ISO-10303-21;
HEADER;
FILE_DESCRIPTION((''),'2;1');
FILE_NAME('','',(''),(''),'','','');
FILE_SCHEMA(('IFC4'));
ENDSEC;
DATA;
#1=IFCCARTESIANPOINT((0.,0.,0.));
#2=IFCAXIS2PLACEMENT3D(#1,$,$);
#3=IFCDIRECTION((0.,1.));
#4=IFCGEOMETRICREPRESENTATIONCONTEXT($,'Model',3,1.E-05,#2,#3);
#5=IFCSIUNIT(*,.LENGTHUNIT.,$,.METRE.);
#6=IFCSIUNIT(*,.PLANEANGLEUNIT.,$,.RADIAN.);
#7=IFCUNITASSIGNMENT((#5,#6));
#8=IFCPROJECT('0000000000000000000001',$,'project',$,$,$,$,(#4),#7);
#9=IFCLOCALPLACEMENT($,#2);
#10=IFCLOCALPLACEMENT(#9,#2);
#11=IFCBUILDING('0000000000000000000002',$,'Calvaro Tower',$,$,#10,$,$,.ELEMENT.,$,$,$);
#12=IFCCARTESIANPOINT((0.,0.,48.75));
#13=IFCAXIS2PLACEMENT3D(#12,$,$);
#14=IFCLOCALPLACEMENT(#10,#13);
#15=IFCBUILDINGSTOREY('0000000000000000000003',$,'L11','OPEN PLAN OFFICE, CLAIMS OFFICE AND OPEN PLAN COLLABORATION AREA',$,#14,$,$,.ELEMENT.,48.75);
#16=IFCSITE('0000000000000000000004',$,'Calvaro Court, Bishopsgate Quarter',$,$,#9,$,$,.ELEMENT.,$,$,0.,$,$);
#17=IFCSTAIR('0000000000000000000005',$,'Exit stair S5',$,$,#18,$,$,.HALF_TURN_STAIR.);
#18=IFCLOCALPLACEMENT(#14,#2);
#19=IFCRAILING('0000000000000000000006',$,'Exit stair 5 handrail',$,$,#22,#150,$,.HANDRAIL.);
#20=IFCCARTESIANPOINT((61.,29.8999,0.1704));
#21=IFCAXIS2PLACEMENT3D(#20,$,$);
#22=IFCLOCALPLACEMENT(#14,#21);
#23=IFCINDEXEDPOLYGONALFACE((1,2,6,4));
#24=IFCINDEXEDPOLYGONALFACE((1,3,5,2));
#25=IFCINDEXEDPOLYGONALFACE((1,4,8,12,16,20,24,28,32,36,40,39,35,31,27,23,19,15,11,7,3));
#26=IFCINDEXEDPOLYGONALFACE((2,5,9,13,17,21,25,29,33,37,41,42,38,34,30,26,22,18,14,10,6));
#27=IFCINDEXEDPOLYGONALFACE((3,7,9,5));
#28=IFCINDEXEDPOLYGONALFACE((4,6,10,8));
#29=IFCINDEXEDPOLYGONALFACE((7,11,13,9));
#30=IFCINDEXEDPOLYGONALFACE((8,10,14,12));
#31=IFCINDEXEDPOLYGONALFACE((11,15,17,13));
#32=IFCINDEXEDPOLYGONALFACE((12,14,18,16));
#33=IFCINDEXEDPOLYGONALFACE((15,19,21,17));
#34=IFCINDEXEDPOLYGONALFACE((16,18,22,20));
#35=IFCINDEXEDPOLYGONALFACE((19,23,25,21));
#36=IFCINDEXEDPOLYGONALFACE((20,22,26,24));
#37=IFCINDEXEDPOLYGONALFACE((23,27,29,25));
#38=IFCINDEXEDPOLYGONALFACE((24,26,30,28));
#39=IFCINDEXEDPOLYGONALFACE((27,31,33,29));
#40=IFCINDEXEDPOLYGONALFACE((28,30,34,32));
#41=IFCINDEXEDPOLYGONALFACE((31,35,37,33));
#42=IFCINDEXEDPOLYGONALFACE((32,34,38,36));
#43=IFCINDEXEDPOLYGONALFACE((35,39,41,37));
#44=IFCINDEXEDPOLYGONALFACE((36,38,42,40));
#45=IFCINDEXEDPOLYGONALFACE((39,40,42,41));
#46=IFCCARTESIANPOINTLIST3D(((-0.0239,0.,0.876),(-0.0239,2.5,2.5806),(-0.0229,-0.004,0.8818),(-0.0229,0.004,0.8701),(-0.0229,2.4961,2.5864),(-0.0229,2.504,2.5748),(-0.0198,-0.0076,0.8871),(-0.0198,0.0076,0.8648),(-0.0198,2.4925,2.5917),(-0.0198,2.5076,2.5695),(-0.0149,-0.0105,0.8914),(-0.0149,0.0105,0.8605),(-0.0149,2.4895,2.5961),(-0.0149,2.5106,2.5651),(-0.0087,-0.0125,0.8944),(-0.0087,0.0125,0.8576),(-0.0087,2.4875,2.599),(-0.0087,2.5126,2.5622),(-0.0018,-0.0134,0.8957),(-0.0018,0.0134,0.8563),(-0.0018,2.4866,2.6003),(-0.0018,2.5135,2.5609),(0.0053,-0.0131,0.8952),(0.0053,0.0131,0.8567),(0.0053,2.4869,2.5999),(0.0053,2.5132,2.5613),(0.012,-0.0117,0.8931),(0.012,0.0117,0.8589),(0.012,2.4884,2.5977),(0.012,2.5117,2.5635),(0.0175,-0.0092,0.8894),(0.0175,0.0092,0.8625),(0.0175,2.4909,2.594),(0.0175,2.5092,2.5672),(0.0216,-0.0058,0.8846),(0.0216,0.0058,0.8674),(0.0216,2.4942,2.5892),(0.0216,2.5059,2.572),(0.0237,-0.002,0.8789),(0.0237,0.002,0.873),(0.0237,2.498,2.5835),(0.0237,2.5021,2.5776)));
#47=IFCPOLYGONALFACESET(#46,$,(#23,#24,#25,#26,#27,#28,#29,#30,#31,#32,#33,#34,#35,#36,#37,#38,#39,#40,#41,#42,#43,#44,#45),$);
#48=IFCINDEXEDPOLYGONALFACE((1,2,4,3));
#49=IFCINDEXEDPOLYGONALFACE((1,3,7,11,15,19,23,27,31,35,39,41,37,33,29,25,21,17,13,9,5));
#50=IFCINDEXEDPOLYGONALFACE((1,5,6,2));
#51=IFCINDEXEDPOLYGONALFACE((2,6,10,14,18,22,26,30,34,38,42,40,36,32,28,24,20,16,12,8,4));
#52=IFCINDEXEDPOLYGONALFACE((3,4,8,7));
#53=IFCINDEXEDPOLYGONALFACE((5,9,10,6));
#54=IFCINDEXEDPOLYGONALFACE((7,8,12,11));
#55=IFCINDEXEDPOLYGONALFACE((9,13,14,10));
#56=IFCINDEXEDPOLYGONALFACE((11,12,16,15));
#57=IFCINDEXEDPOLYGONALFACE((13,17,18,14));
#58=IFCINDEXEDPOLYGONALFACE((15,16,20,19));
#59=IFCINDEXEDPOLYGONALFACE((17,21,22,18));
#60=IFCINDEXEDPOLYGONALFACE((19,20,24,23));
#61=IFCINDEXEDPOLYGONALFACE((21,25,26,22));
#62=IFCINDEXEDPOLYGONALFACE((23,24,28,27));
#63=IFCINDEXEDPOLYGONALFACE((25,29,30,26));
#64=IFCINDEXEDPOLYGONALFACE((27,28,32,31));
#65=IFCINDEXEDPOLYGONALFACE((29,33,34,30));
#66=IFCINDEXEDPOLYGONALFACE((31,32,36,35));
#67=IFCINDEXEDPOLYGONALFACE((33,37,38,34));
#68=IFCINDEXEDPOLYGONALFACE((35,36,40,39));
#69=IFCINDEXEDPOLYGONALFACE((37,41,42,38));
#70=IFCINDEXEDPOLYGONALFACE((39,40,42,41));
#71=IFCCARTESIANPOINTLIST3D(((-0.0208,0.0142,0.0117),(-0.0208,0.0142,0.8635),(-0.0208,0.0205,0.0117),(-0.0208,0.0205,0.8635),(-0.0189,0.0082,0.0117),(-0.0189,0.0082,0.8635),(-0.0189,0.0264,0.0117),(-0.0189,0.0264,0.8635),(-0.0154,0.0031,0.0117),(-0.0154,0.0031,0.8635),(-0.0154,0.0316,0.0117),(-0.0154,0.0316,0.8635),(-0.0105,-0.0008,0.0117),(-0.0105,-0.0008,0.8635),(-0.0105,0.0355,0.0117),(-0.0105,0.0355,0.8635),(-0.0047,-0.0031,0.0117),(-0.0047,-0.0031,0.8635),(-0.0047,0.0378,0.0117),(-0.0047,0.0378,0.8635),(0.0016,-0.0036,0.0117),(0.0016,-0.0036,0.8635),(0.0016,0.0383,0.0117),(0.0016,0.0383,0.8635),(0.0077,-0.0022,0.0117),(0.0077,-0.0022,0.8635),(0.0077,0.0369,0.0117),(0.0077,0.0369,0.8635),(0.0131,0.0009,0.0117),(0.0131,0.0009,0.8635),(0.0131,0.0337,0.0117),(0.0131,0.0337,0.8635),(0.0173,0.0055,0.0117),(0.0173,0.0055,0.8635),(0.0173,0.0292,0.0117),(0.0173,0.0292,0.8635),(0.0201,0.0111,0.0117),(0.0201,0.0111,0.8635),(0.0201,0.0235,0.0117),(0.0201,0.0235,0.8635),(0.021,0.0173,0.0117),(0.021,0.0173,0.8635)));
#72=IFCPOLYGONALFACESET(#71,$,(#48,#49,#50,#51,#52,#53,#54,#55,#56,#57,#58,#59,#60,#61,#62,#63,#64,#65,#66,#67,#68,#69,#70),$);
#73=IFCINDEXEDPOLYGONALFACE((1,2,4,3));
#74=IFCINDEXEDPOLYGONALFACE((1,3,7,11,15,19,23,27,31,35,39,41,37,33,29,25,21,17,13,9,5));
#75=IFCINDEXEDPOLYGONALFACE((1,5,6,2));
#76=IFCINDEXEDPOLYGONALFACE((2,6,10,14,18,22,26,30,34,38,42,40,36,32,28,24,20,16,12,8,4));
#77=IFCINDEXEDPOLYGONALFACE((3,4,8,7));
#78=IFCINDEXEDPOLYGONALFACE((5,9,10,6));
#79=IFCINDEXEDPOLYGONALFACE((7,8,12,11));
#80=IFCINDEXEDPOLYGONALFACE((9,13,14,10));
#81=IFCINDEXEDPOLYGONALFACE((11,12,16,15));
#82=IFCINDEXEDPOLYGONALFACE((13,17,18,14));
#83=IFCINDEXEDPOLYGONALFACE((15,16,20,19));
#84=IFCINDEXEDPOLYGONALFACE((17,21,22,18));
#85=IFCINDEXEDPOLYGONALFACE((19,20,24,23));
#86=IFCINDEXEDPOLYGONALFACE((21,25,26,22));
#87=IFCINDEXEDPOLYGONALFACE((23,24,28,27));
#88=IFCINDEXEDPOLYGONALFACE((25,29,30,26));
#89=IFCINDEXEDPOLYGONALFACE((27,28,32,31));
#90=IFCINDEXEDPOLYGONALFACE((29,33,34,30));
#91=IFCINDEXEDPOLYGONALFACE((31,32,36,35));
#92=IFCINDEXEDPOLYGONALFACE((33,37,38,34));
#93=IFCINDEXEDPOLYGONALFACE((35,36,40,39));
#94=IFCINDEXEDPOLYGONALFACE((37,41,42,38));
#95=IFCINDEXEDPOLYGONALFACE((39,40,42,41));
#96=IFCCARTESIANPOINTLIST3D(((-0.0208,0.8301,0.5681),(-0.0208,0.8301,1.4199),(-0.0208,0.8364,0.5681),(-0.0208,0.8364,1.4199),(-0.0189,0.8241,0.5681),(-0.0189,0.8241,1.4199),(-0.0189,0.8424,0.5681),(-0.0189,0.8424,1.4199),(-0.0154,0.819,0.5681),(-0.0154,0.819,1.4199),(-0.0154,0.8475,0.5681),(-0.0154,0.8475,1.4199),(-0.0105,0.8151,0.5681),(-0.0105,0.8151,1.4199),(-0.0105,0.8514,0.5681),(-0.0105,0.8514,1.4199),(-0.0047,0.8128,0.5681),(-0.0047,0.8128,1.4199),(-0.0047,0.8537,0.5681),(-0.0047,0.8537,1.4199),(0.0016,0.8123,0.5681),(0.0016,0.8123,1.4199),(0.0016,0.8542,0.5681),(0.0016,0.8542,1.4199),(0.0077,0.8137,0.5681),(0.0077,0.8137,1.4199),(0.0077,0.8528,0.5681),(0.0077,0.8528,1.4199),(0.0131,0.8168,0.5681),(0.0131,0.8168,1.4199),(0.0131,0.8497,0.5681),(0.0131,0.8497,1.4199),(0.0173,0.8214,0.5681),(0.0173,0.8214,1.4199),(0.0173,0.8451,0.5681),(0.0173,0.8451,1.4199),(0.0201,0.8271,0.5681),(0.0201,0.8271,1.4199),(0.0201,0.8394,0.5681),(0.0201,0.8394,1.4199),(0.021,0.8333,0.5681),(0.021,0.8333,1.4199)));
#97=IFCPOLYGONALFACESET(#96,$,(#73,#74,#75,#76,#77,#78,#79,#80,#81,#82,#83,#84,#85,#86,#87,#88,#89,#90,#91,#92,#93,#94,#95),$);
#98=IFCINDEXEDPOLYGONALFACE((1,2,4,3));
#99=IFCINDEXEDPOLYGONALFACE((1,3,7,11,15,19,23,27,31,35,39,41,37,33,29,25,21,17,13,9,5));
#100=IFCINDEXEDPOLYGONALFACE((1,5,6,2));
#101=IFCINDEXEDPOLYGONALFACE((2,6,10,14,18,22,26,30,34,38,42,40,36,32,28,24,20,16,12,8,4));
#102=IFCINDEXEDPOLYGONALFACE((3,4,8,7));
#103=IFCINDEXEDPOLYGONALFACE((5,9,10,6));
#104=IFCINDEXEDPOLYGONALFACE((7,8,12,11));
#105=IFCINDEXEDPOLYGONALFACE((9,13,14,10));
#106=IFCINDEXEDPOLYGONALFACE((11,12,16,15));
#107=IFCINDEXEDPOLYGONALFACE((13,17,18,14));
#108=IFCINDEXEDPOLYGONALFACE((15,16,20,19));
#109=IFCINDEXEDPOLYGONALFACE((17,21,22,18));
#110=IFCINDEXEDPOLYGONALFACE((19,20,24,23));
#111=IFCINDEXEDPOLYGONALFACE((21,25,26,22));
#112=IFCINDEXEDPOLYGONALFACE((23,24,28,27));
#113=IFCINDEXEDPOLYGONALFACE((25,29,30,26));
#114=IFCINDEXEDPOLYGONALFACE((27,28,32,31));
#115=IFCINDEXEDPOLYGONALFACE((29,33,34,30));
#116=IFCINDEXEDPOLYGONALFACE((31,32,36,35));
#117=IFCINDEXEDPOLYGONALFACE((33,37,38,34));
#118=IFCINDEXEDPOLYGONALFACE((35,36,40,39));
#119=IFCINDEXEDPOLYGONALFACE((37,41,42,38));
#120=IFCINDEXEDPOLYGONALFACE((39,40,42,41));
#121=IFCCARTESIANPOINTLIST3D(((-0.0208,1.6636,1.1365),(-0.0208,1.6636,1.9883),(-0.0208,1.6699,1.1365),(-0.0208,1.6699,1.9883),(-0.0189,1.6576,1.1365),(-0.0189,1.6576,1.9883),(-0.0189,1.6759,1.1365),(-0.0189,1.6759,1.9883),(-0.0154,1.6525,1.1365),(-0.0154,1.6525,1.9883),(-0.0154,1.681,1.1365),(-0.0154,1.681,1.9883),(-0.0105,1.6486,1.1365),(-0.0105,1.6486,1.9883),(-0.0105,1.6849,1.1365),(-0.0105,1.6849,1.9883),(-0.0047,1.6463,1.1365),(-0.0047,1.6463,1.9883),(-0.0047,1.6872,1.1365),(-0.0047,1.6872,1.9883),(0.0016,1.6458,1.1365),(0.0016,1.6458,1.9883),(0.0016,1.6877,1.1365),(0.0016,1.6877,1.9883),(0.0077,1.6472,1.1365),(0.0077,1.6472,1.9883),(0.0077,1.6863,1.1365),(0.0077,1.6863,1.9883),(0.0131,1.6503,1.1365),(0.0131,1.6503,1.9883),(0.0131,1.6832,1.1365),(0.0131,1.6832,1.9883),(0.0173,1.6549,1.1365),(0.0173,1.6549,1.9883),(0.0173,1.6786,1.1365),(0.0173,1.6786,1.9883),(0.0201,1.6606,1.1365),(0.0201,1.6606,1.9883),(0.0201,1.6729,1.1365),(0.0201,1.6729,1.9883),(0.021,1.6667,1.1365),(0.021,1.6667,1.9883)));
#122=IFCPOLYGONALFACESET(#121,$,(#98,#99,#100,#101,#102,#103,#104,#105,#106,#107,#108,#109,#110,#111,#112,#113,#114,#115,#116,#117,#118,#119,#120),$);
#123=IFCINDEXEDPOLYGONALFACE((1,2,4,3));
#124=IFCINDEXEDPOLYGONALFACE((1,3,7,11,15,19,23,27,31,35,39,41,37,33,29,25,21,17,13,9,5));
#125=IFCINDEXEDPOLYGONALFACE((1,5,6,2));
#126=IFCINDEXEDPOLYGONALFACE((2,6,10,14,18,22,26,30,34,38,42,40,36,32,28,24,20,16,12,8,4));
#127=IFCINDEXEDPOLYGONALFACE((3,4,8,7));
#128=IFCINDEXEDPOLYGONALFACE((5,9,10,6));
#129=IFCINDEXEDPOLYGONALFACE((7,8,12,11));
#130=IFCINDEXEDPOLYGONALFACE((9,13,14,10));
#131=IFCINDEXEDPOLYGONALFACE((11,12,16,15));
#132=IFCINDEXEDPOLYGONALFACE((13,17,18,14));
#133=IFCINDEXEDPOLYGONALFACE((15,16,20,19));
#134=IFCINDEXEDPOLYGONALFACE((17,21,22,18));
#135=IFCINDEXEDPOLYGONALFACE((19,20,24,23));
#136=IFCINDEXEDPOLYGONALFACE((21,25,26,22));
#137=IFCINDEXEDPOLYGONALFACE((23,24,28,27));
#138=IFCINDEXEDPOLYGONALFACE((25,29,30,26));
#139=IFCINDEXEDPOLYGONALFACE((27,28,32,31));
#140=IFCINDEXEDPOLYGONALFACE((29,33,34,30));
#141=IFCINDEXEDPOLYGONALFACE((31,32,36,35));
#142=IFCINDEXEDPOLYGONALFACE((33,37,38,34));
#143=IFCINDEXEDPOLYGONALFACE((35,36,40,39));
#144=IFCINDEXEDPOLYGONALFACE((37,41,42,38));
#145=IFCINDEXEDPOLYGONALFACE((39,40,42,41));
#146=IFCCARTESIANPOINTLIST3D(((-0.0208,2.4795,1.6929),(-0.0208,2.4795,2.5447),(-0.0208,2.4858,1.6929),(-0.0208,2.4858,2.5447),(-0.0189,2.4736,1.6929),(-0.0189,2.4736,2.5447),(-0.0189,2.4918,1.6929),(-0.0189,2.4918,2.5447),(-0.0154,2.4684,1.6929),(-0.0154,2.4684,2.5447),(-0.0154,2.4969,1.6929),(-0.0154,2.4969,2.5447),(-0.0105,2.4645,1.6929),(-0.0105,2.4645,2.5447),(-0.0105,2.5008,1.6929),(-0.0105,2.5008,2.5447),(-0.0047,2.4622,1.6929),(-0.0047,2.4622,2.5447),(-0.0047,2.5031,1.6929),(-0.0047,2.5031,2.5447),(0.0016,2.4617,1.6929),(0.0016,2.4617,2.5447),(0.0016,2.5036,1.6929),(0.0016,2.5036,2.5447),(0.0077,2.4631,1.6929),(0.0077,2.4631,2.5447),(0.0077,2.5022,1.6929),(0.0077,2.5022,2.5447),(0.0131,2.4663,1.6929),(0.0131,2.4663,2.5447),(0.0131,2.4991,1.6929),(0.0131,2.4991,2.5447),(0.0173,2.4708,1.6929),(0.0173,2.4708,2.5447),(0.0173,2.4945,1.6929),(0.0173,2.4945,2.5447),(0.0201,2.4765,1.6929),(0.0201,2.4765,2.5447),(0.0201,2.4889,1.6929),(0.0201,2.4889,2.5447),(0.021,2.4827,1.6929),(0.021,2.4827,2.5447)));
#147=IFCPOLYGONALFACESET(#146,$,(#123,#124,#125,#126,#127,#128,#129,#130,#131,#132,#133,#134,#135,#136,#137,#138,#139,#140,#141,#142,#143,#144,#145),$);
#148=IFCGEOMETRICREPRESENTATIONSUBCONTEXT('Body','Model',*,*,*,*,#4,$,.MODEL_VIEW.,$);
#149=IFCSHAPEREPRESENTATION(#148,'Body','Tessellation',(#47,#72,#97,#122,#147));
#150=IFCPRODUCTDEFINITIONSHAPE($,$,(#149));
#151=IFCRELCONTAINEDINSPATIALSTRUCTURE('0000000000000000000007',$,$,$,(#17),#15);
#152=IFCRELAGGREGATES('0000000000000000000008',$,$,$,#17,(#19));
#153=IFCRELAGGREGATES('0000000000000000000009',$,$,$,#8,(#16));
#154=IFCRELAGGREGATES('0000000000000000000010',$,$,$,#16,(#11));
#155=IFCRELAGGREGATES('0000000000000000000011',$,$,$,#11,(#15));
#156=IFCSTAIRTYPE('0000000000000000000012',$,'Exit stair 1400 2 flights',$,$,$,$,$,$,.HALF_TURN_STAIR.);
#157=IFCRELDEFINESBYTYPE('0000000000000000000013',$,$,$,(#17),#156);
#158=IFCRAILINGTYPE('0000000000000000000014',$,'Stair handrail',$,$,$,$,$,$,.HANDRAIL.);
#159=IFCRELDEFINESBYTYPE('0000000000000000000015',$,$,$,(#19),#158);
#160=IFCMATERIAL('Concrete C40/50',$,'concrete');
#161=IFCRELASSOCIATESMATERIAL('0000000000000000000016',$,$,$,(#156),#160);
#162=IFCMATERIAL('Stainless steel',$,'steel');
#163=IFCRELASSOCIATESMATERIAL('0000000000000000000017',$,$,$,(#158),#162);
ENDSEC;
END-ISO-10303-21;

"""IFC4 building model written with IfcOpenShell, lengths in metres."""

from ifc_helpers import new_model, si_unit, direction, frame, origin, origin_2d, place, context, subcontext, project, spatial, circle, extrude, material, type_object, element, aggregate, save


model = new_model("IFC4")

# Units and contexts
model_context = context("Model", 3, precision=1e-05, world=origin(), true_north=direction((0.0, 1.0)))
body_context = subcontext(model_context, "Body", "Model", "MODEL_VIEW")
ifc_project = project(units=[si_unit("LENGTHUNIT", "METRE"), si_unit("PLANEANGLEUNIT", "RADIAN")], contexts=[model_context])

# Site, building, storey
site_placement = place(None, origin())
site = spatial("IfcSite", under=ifc_project, at=site_placement, Name="Calvaro Court, Bishopsgate Quarter", CompositionType="ELEMENT", RefElevation=0.0)
building_placement = place(site_placement, origin())
building = spatial("IfcBuilding", under=site, at=building_placement, Name="Calvaro Tower", CompositionType="ELEMENT")
storey_placement = place(building_placement, frame((0.0, 0.0, 48.75)))
storey = spatial("IfcBuildingStorey", under=building, at=storey_placement, Name="L11", Description="OPEN PLAN OFFICE, CLAIMS OFFICE AND OPEN PLAN COLLABORATION AREA", CompositionType="ELEMENT", Elevation=48.75)

# Stair, railing
ifc_material_1 = material(Name="Concrete C40/50", Category="concrete")
stair_type = type_object("IfcStairType", Name="Exit stair 1400 2 flights", PredefinedType="HALF_TURN_STAIR", material=ifc_material_1)
stair_placement = place(storey_placement, origin())
stair = element("IfcStair", 1, at=stair_placement, inside=storey, type_object=stair_type, Name="Exit stair S5", PredefinedType="HALF_TURN_STAIR")
ifc_material_2 = material(Name="Stainless steel", Category="steel")
railing_type = type_object("IfcRailingType", Name="Stair handrail", PredefinedType="HANDRAIL", material=ifc_material_2)
railing_placement = place(storey_placement, frame((61.0, 29.8999, 0.1704)))
railing = element("IfcRailing", 2, at=railing_placement, type_object=railing_type, Name="Exit stair 5 handrail", PredefinedType="HANDRAIL", context=body_context, shape_type="SweptSolid", body=[
    extrude(circle(Radius=0.0239, at=origin_2d()), frame((0.0, 0.0, 0.876), z_axis=(0.0, 0.826221, 0.563347), x_axis=(-1.0, 0.0, 0.0)), (0.0, 0.0, 1.0), 3.0259),
    extrude(circle(Radius=0.021, at=origin_2d()), frame((0.0, 0.0173, 0.0117)), (0.0, 0.0, 1.0), 0.8518),
    extrude(circle(Radius=0.021, at=origin_2d()), frame((0.0, 0.8333, 0.5681)), (0.0, 0.0, 1.0), 0.8518),
    extrude(circle(Radius=0.021, at=origin_2d()), frame((0.0, 1.6667, 1.1365)), (0.0, 0.0, 1.0), 0.8518),
    extrude(circle(Radius=0.021, at=origin_2d()), frame((0.0, 2.4827, 1.6929)), (0.0, 0.0, 1.0), 0.8518),
])
aggregate(stair, [railing])

save(model, "model.ifc")
